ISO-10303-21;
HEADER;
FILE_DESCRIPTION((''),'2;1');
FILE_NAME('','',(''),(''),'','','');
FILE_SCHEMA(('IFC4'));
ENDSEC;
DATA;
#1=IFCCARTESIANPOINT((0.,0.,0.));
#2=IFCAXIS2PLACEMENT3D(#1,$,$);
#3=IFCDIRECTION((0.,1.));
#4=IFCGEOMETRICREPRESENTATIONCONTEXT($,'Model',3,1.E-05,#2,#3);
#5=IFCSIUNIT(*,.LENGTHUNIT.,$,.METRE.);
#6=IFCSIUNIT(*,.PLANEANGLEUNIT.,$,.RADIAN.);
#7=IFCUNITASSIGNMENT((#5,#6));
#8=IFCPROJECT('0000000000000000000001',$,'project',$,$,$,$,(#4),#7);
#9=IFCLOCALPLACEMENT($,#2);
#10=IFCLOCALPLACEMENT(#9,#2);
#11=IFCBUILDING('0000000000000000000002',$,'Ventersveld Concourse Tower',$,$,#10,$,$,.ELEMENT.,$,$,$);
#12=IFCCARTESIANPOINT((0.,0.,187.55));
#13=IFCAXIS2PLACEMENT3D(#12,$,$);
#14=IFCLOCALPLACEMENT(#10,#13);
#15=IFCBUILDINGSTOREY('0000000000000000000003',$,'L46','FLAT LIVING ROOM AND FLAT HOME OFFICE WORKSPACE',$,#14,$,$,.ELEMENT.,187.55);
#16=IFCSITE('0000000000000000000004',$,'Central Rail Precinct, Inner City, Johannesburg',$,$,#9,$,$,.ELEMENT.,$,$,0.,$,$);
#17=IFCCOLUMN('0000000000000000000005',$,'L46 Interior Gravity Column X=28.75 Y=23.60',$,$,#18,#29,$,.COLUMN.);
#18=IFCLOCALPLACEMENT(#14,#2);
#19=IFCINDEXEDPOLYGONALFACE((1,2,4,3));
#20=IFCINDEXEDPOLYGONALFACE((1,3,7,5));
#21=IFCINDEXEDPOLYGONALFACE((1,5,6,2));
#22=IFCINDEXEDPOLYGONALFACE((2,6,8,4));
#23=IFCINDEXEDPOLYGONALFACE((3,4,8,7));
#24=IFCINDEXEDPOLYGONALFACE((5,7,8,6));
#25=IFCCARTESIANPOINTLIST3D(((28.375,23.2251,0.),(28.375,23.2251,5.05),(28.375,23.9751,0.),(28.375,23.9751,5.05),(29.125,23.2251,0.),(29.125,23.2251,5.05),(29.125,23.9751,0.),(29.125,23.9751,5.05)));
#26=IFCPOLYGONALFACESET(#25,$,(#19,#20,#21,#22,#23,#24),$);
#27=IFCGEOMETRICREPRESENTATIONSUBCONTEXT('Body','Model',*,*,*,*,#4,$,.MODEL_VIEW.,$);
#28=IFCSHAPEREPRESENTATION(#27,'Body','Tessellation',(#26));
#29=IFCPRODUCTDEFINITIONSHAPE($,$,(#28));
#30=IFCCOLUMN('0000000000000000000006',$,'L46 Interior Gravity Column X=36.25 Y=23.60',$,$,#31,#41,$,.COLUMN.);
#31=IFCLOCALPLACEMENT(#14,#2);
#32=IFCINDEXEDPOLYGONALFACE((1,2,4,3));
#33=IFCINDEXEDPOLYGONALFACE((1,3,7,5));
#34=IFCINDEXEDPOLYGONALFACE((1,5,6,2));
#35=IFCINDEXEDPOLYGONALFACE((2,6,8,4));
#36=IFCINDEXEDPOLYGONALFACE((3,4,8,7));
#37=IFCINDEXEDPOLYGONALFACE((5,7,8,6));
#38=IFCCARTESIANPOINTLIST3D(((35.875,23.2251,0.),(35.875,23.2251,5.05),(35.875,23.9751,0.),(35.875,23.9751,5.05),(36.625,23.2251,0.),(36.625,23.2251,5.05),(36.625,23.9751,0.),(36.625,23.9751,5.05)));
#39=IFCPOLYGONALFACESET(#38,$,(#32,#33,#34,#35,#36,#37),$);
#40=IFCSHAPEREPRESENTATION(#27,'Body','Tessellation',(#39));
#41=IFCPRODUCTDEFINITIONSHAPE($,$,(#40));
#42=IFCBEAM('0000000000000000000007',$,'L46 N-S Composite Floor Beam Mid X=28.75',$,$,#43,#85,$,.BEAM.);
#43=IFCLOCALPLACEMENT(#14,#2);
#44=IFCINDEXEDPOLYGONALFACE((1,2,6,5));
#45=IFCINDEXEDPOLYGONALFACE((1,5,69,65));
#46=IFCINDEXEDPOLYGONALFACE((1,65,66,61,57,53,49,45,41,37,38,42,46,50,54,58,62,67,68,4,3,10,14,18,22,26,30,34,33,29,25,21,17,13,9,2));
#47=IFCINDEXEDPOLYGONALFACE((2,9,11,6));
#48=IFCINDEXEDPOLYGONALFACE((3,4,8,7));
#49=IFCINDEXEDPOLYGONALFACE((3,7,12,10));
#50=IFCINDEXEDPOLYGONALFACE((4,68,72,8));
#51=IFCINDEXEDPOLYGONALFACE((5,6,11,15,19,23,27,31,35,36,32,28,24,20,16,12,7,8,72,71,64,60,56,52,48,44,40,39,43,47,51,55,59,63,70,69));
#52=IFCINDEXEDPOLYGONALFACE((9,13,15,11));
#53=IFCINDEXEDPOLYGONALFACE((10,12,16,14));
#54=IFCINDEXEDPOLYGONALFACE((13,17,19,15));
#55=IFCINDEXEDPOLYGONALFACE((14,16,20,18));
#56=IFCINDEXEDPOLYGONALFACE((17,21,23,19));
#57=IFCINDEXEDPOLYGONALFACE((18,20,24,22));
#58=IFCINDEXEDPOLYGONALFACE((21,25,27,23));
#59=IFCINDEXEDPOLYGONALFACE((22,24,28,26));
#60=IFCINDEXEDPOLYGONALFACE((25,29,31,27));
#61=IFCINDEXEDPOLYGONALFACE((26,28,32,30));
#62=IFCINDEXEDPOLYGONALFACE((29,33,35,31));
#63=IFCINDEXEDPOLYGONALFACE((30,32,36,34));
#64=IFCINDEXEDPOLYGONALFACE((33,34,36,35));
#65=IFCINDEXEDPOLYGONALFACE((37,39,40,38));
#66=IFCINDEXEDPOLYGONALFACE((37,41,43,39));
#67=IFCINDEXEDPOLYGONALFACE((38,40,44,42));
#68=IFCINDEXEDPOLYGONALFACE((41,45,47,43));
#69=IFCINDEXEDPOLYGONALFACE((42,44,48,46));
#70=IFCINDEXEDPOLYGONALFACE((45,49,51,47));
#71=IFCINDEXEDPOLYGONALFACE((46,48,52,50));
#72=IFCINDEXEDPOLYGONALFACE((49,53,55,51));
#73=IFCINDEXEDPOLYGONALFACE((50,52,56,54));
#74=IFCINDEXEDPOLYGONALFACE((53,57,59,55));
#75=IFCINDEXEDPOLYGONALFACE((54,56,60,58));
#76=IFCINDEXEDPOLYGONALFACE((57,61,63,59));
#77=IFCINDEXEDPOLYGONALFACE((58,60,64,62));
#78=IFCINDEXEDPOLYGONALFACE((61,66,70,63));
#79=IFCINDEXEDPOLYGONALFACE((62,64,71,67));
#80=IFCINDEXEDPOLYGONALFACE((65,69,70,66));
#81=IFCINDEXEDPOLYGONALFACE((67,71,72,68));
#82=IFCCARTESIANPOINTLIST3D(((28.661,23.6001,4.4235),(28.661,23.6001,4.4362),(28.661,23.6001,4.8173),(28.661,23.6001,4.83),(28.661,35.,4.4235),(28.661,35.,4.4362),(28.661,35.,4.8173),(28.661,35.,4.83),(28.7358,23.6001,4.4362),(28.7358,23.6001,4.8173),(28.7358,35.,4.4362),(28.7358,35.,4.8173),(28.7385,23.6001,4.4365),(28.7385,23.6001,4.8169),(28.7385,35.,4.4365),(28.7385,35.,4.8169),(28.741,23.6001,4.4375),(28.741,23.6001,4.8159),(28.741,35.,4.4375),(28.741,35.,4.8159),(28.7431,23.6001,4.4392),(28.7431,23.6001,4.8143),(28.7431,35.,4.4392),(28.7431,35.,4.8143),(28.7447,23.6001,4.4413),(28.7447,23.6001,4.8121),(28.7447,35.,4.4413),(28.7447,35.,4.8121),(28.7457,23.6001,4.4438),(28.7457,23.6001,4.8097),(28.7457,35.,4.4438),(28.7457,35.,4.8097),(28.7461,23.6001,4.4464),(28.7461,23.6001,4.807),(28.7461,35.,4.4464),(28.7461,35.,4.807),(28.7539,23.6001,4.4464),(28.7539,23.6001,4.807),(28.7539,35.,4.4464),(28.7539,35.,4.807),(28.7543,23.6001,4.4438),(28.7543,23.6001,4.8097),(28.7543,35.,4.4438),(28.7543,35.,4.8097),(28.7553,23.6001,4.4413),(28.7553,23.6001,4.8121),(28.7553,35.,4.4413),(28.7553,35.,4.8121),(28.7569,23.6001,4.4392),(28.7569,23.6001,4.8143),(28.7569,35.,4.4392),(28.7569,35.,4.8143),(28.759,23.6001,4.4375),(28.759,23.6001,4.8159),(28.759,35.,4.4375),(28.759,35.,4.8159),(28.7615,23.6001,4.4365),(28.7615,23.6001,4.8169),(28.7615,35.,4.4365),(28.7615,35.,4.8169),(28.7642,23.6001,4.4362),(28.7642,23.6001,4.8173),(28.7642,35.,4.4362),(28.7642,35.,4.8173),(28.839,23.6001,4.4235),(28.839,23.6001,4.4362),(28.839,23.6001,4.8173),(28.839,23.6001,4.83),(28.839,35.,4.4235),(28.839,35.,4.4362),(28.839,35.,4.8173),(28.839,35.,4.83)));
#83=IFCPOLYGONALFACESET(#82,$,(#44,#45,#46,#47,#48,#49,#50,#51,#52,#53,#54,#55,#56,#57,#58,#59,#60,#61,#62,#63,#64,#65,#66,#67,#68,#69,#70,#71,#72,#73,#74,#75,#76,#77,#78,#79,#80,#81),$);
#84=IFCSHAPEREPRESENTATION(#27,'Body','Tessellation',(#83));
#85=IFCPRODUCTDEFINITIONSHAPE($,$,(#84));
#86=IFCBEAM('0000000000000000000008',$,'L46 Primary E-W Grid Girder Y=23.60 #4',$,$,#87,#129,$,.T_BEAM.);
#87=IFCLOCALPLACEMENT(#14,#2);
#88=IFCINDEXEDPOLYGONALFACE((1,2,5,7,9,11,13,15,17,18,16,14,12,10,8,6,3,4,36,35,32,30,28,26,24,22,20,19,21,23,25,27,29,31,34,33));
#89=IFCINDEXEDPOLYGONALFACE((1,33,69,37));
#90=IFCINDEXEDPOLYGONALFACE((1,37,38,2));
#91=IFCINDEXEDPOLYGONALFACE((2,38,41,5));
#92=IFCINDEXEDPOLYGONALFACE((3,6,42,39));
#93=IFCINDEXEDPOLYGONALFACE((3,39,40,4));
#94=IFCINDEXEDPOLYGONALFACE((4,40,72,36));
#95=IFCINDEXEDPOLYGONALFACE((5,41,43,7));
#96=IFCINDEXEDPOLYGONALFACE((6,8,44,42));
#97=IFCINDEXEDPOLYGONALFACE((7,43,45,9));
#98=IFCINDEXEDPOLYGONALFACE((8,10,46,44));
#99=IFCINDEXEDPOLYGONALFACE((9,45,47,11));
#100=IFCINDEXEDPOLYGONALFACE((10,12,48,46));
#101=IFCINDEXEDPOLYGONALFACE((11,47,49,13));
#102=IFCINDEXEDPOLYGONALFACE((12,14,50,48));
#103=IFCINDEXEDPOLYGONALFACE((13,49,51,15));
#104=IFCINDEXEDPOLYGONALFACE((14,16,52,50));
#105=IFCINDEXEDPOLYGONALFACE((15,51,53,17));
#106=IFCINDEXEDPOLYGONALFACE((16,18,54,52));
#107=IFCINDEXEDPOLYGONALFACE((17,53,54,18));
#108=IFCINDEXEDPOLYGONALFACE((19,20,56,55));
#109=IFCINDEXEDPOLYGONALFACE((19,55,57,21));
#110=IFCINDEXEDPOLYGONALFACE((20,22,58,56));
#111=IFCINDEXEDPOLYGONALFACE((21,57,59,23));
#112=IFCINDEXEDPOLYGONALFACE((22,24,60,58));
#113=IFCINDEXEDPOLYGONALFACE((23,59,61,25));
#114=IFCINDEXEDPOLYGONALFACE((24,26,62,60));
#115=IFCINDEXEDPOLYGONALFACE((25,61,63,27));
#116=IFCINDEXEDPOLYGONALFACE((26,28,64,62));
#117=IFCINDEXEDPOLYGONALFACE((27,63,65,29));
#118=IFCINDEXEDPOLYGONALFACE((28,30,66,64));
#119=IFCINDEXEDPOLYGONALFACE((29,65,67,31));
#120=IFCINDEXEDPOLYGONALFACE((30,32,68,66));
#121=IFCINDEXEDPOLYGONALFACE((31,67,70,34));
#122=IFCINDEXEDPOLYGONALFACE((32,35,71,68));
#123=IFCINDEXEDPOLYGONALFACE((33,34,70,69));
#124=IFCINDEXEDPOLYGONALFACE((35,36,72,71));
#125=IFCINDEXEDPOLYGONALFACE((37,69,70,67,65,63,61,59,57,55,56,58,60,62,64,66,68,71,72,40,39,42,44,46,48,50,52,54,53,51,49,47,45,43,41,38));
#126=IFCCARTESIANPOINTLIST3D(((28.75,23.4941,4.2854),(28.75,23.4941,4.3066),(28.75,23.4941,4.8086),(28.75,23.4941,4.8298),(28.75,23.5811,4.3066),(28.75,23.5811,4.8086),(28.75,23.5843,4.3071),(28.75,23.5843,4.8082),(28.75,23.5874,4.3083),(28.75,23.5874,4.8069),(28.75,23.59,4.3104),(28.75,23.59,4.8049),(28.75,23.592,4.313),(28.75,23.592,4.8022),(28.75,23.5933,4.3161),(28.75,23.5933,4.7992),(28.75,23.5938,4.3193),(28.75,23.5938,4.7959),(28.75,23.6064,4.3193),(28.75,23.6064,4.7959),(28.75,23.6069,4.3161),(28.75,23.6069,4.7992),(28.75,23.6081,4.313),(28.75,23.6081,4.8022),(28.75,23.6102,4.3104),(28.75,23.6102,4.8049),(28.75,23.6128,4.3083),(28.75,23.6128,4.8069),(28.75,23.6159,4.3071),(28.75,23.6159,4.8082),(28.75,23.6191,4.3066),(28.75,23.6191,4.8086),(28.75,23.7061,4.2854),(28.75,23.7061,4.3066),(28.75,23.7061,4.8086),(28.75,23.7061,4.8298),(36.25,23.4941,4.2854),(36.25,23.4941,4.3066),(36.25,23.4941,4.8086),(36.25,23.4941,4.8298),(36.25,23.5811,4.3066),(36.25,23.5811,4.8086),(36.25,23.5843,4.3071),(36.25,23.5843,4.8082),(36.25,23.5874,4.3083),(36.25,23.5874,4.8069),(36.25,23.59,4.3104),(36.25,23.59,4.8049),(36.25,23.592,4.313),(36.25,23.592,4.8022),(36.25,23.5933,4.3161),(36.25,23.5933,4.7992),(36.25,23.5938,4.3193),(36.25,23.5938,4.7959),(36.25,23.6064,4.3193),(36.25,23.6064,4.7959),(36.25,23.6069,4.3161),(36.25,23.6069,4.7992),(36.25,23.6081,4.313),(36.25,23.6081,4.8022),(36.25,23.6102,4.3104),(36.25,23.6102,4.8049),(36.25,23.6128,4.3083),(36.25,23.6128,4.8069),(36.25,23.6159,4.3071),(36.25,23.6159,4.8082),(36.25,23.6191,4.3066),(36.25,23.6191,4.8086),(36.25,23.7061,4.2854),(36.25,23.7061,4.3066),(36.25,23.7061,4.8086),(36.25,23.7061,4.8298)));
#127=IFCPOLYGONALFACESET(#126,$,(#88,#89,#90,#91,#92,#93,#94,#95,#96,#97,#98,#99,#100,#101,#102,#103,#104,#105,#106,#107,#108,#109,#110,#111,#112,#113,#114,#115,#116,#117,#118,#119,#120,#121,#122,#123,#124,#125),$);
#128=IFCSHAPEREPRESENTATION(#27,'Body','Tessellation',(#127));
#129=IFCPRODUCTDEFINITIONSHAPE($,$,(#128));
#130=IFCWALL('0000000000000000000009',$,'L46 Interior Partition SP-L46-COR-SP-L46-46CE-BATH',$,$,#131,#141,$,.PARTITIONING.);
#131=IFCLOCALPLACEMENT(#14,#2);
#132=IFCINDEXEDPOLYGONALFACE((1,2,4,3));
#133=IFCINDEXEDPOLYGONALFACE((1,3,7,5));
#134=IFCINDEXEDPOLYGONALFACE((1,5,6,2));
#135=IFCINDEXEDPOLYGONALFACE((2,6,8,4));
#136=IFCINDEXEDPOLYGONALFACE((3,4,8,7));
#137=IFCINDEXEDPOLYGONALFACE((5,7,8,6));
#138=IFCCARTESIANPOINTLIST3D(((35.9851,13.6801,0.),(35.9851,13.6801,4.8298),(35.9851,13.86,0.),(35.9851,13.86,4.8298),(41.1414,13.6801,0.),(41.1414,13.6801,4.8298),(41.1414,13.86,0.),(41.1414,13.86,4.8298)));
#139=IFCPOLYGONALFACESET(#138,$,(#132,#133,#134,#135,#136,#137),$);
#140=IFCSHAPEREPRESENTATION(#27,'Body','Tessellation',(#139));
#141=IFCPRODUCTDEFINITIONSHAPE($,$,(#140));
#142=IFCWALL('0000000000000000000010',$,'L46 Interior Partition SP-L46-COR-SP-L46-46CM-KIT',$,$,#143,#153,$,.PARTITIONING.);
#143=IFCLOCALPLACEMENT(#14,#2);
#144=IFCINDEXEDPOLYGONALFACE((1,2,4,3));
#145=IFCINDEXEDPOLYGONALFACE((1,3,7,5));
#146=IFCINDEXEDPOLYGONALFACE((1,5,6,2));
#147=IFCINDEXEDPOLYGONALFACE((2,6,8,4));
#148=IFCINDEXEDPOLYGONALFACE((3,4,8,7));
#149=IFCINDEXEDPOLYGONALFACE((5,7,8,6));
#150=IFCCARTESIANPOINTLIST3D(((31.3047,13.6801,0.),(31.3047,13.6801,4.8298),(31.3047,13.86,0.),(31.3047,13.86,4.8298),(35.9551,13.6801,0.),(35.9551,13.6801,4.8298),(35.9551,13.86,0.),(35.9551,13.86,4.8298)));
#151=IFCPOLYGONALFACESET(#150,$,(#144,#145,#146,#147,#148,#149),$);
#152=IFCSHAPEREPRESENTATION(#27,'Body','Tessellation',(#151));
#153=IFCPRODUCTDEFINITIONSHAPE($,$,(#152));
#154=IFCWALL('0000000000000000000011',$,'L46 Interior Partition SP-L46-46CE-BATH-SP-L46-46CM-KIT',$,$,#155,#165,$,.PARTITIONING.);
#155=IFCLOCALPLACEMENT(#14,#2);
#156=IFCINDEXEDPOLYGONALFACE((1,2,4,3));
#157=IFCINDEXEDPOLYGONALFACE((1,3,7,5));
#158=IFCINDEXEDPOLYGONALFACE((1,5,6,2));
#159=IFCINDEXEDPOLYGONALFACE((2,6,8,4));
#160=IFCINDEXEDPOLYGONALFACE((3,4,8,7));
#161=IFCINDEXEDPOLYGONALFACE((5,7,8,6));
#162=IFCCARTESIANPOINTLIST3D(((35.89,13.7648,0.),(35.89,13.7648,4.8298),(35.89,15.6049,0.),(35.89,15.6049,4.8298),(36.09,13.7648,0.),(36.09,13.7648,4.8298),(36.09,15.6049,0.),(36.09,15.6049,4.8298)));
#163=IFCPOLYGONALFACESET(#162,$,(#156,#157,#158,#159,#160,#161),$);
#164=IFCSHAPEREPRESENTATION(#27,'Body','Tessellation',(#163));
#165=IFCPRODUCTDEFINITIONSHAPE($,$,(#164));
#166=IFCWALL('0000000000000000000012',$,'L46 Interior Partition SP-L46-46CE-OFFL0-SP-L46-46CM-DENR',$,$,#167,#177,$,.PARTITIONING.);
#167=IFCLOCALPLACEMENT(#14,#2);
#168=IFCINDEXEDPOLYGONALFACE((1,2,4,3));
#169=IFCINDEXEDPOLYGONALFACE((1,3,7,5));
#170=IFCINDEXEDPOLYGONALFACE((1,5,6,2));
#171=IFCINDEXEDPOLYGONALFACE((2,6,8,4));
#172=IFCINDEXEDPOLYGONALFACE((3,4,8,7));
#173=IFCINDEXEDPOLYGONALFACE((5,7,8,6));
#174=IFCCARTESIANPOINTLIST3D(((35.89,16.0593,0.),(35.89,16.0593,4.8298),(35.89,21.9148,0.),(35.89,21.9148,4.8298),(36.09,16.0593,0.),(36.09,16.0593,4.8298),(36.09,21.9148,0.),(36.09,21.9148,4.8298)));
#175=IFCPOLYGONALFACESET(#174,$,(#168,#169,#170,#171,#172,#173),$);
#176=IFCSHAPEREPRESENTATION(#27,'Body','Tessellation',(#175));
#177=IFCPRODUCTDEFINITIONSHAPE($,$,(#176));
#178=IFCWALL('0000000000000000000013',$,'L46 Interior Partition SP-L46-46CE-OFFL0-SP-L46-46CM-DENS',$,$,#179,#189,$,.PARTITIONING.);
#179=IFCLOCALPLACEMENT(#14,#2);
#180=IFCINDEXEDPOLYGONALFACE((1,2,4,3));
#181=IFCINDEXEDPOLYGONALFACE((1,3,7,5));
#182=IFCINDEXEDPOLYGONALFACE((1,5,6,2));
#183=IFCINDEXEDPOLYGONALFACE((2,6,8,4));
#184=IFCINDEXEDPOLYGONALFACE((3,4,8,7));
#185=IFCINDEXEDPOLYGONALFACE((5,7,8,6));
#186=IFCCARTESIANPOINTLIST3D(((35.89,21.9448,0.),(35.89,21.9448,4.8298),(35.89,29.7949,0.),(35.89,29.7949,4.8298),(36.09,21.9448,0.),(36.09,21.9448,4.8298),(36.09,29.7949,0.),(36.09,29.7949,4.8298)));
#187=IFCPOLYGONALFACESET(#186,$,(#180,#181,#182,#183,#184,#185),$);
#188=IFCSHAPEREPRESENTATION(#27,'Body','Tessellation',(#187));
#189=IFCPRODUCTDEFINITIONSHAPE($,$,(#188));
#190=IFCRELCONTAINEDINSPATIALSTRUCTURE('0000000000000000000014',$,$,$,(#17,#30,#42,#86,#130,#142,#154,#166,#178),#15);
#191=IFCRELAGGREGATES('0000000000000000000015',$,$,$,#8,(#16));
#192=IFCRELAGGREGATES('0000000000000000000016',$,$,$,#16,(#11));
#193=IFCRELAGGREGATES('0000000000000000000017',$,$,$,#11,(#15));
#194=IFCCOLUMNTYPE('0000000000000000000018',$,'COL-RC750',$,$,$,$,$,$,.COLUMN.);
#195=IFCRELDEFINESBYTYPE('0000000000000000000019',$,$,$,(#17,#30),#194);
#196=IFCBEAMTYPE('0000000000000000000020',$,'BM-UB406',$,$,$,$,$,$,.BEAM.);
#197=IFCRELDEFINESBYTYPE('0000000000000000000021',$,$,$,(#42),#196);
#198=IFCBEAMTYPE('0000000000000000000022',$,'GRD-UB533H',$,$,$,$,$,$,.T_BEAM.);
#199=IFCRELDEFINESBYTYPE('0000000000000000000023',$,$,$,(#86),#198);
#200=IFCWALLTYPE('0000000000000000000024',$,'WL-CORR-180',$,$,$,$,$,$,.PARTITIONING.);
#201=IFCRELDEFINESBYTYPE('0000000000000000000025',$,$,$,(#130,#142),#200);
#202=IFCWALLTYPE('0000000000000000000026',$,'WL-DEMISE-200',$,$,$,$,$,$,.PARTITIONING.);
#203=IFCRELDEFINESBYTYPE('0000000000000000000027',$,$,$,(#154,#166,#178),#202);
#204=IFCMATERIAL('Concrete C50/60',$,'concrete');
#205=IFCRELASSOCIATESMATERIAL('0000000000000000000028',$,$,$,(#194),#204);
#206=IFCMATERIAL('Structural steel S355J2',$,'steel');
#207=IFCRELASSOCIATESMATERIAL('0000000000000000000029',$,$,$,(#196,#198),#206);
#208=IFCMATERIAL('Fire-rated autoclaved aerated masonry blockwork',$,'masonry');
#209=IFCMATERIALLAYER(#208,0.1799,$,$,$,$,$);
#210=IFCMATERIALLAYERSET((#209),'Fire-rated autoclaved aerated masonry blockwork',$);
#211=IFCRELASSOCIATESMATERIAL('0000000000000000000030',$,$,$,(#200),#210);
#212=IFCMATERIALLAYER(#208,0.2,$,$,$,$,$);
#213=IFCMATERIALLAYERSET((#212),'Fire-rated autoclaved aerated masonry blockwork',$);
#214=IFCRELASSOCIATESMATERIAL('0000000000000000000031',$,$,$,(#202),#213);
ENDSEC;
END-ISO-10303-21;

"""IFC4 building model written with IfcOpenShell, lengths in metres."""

from ifc_helpers import new_model, si_unit, direction, frame, frame_2d, origin, origin_2d, place, context, subcontext, project, spatial, rectangle, i_section, extrude, material, layer, layer_set, material_profile, profile_set, type_object, element, save


model = new_model("IFC4")

# Units and contexts
model_context = context("Model", 3, precision=1e-05, world=origin(), true_north=direction((0.0, 1.0)))
body_context = subcontext(model_context, "Body", "Model", "MODEL_VIEW")
ifc_project = project(units=[si_unit("LENGTHUNIT", "METRE"), si_unit("PLANEANGLEUNIT", "RADIAN")], contexts=[model_context])

# Site, building, storey
site_placement = place(None, origin())
site = spatial("IfcSite", under=ifc_project, at=site_placement, Name="Central Rail Precinct, Inner City, Johannesburg", CompositionType="ELEMENT", RefElevation=0.0)
building_placement = place(site_placement, origin())
building = spatial("IfcBuilding", under=site, at=building_placement, Name="Ventersveld Concourse Tower", CompositionType="ELEMENT")
storey_placement = place(building_placement, frame((0.0, 0.0, 187.55)))
storey = spatial("IfcBuildingStorey", under=building, at=storey_placement, Name="L46", Description="FLAT LIVING ROOM AND FLAT HOME OFFICE WORKSPACE", CompositionType="ELEMENT", Elevation=187.55)

# Columns
ifc_material_1 = material(Name="Concrete C50/60", Category="concrete")
ifc_material_profile_1 = material_profile(ifc_material_1, rectangle(XDim=0.75, YDim=0.75, at=origin_2d()), Name="RC 750x750")
ifc_profile_set_1 = profile_set([ifc_material_profile_1], Name="Concrete C50/60")
column_type = type_object("IfcColumnType", Name="COL-RC750", PredefinedType="COLUMN", material=ifc_profile_set_1)
for number, where, z_axis, x_axis, name in (
    (1, (28.75, 23.6001, 0.0), (0.0, 0.0, 1.0), (1.0, 0.0, 0.0), "L46 Interior Gravity Column X=28.75 Y=23.60"),
    (2, (36.25, 23.6001, 0.0), (0.0, 0.0, 1.0), (1.0, 0.0, 0.0), "L46 Interior Gravity Column X=36.25 Y=23.60"),
):
    element("IfcColumn", number, at=place(storey_placement, frame(where, z_axis=z_axis, x_axis=x_axis)), inside=storey, type_object=column_type, Name=name, PredefinedType="COLUMN", context=body_context, shape_type="SweptSolid", body=[
        extrude(rectangle(XDim=0.75, YDim=0.75, at=origin_2d()), origin(), (0.0, 0.0, 1.0), 5.05),
    ])

# Beams
ifc_material_2 = material(Name="Structural steel S355J2", Category="steel")
ifc_material_profile_2 = material_profile(ifc_material_2, i_section(OverallWidth=0.178, OverallDepth=0.4065, WebThickness=0.0078, FlangeThickness=0.0127, FilletRadius=0.0103, at=origin_2d()), Name="UB 406x178x60")
ifc_profile_set_2 = profile_set([ifc_material_profile_2], Name="Structural steel S355J2")
beam_type_1 = type_object("IfcBeamType", Name="BM-UB406", PredefinedType="BEAM", material=ifc_profile_set_2)
beam_1_placement = place(storey_placement, frame((28.75, 23.6001, 4.6267), z_axis=(0.0, 1.0, 0.0), x_axis=(-1.0, 0.0, 0.0)))
element("IfcBeam", 3, at=beam_1_placement, inside=storey, type_object=beam_type_1, Name="L46 N-S Composite Floor Beam Mid X=28.75", PredefinedType="BEAM", context=body_context, shape_type="SweptSolid", body=[
    extrude(i_section(OverallWidth=0.178, OverallDepth=0.4065, WebThickness=0.0078, FlangeThickness=0.0127, FilletRadius=0.0103, at=origin_2d()), origin(), (0.0, 0.0, 1.0), 11.3999),
])
ifc_material_profile_3 = material_profile(ifc_material_2, i_section(OverallWidth=0.2119, OverallDepth=0.5444, WebThickness=0.0127, FlangeThickness=0.0212, FilletRadius=0.0127, at=origin_2d()), Name="UB 533x210x122")
ifc_profile_set_3 = profile_set([ifc_material_profile_3], Name="Structural steel S355J2")
beam_type_2 = type_object("IfcBeamType", Name="GRD-UB533H", PredefinedType="T_BEAM", material=ifc_profile_set_3)
beam_2_placement = place(storey_placement, frame((28.75, 23.6001, 4.5576), z_axis=(1.0, 0.0, 0.0), x_axis=(0.0, 1.0, 0.0)))
element("IfcBeam", 4, at=beam_2_placement, inside=storey, type_object=beam_type_2, Name="L46 Primary E-W Grid Girder Y=23.60 #4", PredefinedType="T_BEAM", context=body_context, shape_type="SweptSolid", body=[
    extrude(i_section(OverallWidth=0.2119, OverallDepth=0.5444, WebThickness=0.0127, FlangeThickness=0.0212, FilletRadius=0.0127, at=origin_2d()), origin(), (0.0, 0.0, 1.0), 7.5),
])

# Walls
ifc_material_3 = material(Name="Fire-rated autoclaved aerated masonry blockwork", Category="masonry")
ifc_layer_1 = layer(ifc_material_3, 0.1799)
ifc_layer_set_1 = layer_set([ifc_layer_1], Name="Fire-rated autoclaved aerated masonry blockwork")
wall_type_1 = type_object("IfcWallType", Name="WL-CORR-180", PredefinedType="PARTITIONING", material=ifc_layer_set_1)
wall_1_placement = place(storey_placement, frame((35.9851, 13.77, 0.0), z_axis=(0.0, 0.0, 1.0), x_axis=(1.0, 0.0, 0.0)))
element("IfcWall", 5, at=wall_1_placement, inside=storey, type_object=wall_type_1, Name="L46 Interior Partition SP-L46-COR-SP-L46-46CE-BATH", PredefinedType="PARTITIONING", context=body_context, shape_type="SweptSolid", body=[
    extrude(rectangle(XDim=5.1562, YDim=0.1799, at=frame_2d((2.5781, 0.0))), origin(), (0.0, 0.0, 1.0), 4.8298),
])
wall_2_placement = place(storey_placement, frame((31.3047, 13.77, 0.0), z_axis=(0.0, 0.0, 1.0), x_axis=(1.0, 0.0, 0.0)))
element("IfcWall", 6, at=wall_2_placement, inside=storey, type_object=wall_type_1, Name="L46 Interior Partition SP-L46-COR-SP-L46-46CM-KIT", PredefinedType="PARTITIONING", context=body_context, shape_type="SweptSolid", body=[
    extrude(rectangle(XDim=4.6504, YDim=0.1799, at=frame_2d((2.3252, 0.0))), origin(), (0.0, 0.0, 1.0), 4.8298),
])
ifc_layer_2 = layer(ifc_material_3, 0.2)
ifc_layer_set_2 = layer_set([ifc_layer_2], Name="Fire-rated autoclaved aerated masonry blockwork")
wall_type_2 = type_object("IfcWallType", Name="WL-DEMISE-200", PredefinedType="PARTITIONING", material=ifc_layer_set_2)
wall_3_placement = place(storey_placement, frame((35.99, 13.7649, 0.0), z_axis=(0.0, 0.0, 1.0), x_axis=(0.0, 1.0, 0.0)))
element("IfcWall", 7, at=wall_3_placement, inside=storey, type_object=wall_type_2, Name="L46 Interior Partition SP-L46-46CE-BATH-SP-L46-46CM-KIT", PredefinedType="PARTITIONING", context=body_context, shape_type="SweptSolid", body=[
    extrude(rectangle(XDim=1.8401, YDim=0.2, at=frame_2d((0.9199, 0.0))), origin(), (0.0, 0.0, 1.0), 4.8298),
])
wall_4_placement = place(storey_placement, frame((35.99, 16.0593, 0.0), z_axis=(0.0, 0.0, 1.0), x_axis=(0.0, 1.0, 0.0)))
element("IfcWall", 8, at=wall_4_placement, inside=storey, type_object=wall_type_2, Name="L46 Interior Partition SP-L46-46CE-OFFL0-SP-L46-46CM-DENR", PredefinedType="PARTITIONING", context=body_context, shape_type="SweptSolid", body=[
    extrude(rectangle(XDim=5.8555, YDim=0.2, at=frame_2d((2.9277, 0.0))), origin(), (0.0, 0.0, 1.0), 4.8298),
])
wall_5_placement = place(storey_placement, frame((35.99, 21.9448, 0.0), z_axis=(0.0, 0.0, 1.0), x_axis=(0.0, 1.0, 0.0)))
element("IfcWall", 9, at=wall_5_placement, inside=storey, type_object=wall_type_2, Name="L46 Interior Partition SP-L46-46CE-OFFL0-SP-L46-46CM-DENS", PredefinedType="PARTITIONING", context=body_context, shape_type="SweptSolid", body=[
    extrude(rectangle(XDim=7.8501, YDim=0.2, at=frame_2d((3.925, 0.0))), origin(), (0.0, 0.0, 1.0), 4.8298),
])

save(model, "model.ifc")
